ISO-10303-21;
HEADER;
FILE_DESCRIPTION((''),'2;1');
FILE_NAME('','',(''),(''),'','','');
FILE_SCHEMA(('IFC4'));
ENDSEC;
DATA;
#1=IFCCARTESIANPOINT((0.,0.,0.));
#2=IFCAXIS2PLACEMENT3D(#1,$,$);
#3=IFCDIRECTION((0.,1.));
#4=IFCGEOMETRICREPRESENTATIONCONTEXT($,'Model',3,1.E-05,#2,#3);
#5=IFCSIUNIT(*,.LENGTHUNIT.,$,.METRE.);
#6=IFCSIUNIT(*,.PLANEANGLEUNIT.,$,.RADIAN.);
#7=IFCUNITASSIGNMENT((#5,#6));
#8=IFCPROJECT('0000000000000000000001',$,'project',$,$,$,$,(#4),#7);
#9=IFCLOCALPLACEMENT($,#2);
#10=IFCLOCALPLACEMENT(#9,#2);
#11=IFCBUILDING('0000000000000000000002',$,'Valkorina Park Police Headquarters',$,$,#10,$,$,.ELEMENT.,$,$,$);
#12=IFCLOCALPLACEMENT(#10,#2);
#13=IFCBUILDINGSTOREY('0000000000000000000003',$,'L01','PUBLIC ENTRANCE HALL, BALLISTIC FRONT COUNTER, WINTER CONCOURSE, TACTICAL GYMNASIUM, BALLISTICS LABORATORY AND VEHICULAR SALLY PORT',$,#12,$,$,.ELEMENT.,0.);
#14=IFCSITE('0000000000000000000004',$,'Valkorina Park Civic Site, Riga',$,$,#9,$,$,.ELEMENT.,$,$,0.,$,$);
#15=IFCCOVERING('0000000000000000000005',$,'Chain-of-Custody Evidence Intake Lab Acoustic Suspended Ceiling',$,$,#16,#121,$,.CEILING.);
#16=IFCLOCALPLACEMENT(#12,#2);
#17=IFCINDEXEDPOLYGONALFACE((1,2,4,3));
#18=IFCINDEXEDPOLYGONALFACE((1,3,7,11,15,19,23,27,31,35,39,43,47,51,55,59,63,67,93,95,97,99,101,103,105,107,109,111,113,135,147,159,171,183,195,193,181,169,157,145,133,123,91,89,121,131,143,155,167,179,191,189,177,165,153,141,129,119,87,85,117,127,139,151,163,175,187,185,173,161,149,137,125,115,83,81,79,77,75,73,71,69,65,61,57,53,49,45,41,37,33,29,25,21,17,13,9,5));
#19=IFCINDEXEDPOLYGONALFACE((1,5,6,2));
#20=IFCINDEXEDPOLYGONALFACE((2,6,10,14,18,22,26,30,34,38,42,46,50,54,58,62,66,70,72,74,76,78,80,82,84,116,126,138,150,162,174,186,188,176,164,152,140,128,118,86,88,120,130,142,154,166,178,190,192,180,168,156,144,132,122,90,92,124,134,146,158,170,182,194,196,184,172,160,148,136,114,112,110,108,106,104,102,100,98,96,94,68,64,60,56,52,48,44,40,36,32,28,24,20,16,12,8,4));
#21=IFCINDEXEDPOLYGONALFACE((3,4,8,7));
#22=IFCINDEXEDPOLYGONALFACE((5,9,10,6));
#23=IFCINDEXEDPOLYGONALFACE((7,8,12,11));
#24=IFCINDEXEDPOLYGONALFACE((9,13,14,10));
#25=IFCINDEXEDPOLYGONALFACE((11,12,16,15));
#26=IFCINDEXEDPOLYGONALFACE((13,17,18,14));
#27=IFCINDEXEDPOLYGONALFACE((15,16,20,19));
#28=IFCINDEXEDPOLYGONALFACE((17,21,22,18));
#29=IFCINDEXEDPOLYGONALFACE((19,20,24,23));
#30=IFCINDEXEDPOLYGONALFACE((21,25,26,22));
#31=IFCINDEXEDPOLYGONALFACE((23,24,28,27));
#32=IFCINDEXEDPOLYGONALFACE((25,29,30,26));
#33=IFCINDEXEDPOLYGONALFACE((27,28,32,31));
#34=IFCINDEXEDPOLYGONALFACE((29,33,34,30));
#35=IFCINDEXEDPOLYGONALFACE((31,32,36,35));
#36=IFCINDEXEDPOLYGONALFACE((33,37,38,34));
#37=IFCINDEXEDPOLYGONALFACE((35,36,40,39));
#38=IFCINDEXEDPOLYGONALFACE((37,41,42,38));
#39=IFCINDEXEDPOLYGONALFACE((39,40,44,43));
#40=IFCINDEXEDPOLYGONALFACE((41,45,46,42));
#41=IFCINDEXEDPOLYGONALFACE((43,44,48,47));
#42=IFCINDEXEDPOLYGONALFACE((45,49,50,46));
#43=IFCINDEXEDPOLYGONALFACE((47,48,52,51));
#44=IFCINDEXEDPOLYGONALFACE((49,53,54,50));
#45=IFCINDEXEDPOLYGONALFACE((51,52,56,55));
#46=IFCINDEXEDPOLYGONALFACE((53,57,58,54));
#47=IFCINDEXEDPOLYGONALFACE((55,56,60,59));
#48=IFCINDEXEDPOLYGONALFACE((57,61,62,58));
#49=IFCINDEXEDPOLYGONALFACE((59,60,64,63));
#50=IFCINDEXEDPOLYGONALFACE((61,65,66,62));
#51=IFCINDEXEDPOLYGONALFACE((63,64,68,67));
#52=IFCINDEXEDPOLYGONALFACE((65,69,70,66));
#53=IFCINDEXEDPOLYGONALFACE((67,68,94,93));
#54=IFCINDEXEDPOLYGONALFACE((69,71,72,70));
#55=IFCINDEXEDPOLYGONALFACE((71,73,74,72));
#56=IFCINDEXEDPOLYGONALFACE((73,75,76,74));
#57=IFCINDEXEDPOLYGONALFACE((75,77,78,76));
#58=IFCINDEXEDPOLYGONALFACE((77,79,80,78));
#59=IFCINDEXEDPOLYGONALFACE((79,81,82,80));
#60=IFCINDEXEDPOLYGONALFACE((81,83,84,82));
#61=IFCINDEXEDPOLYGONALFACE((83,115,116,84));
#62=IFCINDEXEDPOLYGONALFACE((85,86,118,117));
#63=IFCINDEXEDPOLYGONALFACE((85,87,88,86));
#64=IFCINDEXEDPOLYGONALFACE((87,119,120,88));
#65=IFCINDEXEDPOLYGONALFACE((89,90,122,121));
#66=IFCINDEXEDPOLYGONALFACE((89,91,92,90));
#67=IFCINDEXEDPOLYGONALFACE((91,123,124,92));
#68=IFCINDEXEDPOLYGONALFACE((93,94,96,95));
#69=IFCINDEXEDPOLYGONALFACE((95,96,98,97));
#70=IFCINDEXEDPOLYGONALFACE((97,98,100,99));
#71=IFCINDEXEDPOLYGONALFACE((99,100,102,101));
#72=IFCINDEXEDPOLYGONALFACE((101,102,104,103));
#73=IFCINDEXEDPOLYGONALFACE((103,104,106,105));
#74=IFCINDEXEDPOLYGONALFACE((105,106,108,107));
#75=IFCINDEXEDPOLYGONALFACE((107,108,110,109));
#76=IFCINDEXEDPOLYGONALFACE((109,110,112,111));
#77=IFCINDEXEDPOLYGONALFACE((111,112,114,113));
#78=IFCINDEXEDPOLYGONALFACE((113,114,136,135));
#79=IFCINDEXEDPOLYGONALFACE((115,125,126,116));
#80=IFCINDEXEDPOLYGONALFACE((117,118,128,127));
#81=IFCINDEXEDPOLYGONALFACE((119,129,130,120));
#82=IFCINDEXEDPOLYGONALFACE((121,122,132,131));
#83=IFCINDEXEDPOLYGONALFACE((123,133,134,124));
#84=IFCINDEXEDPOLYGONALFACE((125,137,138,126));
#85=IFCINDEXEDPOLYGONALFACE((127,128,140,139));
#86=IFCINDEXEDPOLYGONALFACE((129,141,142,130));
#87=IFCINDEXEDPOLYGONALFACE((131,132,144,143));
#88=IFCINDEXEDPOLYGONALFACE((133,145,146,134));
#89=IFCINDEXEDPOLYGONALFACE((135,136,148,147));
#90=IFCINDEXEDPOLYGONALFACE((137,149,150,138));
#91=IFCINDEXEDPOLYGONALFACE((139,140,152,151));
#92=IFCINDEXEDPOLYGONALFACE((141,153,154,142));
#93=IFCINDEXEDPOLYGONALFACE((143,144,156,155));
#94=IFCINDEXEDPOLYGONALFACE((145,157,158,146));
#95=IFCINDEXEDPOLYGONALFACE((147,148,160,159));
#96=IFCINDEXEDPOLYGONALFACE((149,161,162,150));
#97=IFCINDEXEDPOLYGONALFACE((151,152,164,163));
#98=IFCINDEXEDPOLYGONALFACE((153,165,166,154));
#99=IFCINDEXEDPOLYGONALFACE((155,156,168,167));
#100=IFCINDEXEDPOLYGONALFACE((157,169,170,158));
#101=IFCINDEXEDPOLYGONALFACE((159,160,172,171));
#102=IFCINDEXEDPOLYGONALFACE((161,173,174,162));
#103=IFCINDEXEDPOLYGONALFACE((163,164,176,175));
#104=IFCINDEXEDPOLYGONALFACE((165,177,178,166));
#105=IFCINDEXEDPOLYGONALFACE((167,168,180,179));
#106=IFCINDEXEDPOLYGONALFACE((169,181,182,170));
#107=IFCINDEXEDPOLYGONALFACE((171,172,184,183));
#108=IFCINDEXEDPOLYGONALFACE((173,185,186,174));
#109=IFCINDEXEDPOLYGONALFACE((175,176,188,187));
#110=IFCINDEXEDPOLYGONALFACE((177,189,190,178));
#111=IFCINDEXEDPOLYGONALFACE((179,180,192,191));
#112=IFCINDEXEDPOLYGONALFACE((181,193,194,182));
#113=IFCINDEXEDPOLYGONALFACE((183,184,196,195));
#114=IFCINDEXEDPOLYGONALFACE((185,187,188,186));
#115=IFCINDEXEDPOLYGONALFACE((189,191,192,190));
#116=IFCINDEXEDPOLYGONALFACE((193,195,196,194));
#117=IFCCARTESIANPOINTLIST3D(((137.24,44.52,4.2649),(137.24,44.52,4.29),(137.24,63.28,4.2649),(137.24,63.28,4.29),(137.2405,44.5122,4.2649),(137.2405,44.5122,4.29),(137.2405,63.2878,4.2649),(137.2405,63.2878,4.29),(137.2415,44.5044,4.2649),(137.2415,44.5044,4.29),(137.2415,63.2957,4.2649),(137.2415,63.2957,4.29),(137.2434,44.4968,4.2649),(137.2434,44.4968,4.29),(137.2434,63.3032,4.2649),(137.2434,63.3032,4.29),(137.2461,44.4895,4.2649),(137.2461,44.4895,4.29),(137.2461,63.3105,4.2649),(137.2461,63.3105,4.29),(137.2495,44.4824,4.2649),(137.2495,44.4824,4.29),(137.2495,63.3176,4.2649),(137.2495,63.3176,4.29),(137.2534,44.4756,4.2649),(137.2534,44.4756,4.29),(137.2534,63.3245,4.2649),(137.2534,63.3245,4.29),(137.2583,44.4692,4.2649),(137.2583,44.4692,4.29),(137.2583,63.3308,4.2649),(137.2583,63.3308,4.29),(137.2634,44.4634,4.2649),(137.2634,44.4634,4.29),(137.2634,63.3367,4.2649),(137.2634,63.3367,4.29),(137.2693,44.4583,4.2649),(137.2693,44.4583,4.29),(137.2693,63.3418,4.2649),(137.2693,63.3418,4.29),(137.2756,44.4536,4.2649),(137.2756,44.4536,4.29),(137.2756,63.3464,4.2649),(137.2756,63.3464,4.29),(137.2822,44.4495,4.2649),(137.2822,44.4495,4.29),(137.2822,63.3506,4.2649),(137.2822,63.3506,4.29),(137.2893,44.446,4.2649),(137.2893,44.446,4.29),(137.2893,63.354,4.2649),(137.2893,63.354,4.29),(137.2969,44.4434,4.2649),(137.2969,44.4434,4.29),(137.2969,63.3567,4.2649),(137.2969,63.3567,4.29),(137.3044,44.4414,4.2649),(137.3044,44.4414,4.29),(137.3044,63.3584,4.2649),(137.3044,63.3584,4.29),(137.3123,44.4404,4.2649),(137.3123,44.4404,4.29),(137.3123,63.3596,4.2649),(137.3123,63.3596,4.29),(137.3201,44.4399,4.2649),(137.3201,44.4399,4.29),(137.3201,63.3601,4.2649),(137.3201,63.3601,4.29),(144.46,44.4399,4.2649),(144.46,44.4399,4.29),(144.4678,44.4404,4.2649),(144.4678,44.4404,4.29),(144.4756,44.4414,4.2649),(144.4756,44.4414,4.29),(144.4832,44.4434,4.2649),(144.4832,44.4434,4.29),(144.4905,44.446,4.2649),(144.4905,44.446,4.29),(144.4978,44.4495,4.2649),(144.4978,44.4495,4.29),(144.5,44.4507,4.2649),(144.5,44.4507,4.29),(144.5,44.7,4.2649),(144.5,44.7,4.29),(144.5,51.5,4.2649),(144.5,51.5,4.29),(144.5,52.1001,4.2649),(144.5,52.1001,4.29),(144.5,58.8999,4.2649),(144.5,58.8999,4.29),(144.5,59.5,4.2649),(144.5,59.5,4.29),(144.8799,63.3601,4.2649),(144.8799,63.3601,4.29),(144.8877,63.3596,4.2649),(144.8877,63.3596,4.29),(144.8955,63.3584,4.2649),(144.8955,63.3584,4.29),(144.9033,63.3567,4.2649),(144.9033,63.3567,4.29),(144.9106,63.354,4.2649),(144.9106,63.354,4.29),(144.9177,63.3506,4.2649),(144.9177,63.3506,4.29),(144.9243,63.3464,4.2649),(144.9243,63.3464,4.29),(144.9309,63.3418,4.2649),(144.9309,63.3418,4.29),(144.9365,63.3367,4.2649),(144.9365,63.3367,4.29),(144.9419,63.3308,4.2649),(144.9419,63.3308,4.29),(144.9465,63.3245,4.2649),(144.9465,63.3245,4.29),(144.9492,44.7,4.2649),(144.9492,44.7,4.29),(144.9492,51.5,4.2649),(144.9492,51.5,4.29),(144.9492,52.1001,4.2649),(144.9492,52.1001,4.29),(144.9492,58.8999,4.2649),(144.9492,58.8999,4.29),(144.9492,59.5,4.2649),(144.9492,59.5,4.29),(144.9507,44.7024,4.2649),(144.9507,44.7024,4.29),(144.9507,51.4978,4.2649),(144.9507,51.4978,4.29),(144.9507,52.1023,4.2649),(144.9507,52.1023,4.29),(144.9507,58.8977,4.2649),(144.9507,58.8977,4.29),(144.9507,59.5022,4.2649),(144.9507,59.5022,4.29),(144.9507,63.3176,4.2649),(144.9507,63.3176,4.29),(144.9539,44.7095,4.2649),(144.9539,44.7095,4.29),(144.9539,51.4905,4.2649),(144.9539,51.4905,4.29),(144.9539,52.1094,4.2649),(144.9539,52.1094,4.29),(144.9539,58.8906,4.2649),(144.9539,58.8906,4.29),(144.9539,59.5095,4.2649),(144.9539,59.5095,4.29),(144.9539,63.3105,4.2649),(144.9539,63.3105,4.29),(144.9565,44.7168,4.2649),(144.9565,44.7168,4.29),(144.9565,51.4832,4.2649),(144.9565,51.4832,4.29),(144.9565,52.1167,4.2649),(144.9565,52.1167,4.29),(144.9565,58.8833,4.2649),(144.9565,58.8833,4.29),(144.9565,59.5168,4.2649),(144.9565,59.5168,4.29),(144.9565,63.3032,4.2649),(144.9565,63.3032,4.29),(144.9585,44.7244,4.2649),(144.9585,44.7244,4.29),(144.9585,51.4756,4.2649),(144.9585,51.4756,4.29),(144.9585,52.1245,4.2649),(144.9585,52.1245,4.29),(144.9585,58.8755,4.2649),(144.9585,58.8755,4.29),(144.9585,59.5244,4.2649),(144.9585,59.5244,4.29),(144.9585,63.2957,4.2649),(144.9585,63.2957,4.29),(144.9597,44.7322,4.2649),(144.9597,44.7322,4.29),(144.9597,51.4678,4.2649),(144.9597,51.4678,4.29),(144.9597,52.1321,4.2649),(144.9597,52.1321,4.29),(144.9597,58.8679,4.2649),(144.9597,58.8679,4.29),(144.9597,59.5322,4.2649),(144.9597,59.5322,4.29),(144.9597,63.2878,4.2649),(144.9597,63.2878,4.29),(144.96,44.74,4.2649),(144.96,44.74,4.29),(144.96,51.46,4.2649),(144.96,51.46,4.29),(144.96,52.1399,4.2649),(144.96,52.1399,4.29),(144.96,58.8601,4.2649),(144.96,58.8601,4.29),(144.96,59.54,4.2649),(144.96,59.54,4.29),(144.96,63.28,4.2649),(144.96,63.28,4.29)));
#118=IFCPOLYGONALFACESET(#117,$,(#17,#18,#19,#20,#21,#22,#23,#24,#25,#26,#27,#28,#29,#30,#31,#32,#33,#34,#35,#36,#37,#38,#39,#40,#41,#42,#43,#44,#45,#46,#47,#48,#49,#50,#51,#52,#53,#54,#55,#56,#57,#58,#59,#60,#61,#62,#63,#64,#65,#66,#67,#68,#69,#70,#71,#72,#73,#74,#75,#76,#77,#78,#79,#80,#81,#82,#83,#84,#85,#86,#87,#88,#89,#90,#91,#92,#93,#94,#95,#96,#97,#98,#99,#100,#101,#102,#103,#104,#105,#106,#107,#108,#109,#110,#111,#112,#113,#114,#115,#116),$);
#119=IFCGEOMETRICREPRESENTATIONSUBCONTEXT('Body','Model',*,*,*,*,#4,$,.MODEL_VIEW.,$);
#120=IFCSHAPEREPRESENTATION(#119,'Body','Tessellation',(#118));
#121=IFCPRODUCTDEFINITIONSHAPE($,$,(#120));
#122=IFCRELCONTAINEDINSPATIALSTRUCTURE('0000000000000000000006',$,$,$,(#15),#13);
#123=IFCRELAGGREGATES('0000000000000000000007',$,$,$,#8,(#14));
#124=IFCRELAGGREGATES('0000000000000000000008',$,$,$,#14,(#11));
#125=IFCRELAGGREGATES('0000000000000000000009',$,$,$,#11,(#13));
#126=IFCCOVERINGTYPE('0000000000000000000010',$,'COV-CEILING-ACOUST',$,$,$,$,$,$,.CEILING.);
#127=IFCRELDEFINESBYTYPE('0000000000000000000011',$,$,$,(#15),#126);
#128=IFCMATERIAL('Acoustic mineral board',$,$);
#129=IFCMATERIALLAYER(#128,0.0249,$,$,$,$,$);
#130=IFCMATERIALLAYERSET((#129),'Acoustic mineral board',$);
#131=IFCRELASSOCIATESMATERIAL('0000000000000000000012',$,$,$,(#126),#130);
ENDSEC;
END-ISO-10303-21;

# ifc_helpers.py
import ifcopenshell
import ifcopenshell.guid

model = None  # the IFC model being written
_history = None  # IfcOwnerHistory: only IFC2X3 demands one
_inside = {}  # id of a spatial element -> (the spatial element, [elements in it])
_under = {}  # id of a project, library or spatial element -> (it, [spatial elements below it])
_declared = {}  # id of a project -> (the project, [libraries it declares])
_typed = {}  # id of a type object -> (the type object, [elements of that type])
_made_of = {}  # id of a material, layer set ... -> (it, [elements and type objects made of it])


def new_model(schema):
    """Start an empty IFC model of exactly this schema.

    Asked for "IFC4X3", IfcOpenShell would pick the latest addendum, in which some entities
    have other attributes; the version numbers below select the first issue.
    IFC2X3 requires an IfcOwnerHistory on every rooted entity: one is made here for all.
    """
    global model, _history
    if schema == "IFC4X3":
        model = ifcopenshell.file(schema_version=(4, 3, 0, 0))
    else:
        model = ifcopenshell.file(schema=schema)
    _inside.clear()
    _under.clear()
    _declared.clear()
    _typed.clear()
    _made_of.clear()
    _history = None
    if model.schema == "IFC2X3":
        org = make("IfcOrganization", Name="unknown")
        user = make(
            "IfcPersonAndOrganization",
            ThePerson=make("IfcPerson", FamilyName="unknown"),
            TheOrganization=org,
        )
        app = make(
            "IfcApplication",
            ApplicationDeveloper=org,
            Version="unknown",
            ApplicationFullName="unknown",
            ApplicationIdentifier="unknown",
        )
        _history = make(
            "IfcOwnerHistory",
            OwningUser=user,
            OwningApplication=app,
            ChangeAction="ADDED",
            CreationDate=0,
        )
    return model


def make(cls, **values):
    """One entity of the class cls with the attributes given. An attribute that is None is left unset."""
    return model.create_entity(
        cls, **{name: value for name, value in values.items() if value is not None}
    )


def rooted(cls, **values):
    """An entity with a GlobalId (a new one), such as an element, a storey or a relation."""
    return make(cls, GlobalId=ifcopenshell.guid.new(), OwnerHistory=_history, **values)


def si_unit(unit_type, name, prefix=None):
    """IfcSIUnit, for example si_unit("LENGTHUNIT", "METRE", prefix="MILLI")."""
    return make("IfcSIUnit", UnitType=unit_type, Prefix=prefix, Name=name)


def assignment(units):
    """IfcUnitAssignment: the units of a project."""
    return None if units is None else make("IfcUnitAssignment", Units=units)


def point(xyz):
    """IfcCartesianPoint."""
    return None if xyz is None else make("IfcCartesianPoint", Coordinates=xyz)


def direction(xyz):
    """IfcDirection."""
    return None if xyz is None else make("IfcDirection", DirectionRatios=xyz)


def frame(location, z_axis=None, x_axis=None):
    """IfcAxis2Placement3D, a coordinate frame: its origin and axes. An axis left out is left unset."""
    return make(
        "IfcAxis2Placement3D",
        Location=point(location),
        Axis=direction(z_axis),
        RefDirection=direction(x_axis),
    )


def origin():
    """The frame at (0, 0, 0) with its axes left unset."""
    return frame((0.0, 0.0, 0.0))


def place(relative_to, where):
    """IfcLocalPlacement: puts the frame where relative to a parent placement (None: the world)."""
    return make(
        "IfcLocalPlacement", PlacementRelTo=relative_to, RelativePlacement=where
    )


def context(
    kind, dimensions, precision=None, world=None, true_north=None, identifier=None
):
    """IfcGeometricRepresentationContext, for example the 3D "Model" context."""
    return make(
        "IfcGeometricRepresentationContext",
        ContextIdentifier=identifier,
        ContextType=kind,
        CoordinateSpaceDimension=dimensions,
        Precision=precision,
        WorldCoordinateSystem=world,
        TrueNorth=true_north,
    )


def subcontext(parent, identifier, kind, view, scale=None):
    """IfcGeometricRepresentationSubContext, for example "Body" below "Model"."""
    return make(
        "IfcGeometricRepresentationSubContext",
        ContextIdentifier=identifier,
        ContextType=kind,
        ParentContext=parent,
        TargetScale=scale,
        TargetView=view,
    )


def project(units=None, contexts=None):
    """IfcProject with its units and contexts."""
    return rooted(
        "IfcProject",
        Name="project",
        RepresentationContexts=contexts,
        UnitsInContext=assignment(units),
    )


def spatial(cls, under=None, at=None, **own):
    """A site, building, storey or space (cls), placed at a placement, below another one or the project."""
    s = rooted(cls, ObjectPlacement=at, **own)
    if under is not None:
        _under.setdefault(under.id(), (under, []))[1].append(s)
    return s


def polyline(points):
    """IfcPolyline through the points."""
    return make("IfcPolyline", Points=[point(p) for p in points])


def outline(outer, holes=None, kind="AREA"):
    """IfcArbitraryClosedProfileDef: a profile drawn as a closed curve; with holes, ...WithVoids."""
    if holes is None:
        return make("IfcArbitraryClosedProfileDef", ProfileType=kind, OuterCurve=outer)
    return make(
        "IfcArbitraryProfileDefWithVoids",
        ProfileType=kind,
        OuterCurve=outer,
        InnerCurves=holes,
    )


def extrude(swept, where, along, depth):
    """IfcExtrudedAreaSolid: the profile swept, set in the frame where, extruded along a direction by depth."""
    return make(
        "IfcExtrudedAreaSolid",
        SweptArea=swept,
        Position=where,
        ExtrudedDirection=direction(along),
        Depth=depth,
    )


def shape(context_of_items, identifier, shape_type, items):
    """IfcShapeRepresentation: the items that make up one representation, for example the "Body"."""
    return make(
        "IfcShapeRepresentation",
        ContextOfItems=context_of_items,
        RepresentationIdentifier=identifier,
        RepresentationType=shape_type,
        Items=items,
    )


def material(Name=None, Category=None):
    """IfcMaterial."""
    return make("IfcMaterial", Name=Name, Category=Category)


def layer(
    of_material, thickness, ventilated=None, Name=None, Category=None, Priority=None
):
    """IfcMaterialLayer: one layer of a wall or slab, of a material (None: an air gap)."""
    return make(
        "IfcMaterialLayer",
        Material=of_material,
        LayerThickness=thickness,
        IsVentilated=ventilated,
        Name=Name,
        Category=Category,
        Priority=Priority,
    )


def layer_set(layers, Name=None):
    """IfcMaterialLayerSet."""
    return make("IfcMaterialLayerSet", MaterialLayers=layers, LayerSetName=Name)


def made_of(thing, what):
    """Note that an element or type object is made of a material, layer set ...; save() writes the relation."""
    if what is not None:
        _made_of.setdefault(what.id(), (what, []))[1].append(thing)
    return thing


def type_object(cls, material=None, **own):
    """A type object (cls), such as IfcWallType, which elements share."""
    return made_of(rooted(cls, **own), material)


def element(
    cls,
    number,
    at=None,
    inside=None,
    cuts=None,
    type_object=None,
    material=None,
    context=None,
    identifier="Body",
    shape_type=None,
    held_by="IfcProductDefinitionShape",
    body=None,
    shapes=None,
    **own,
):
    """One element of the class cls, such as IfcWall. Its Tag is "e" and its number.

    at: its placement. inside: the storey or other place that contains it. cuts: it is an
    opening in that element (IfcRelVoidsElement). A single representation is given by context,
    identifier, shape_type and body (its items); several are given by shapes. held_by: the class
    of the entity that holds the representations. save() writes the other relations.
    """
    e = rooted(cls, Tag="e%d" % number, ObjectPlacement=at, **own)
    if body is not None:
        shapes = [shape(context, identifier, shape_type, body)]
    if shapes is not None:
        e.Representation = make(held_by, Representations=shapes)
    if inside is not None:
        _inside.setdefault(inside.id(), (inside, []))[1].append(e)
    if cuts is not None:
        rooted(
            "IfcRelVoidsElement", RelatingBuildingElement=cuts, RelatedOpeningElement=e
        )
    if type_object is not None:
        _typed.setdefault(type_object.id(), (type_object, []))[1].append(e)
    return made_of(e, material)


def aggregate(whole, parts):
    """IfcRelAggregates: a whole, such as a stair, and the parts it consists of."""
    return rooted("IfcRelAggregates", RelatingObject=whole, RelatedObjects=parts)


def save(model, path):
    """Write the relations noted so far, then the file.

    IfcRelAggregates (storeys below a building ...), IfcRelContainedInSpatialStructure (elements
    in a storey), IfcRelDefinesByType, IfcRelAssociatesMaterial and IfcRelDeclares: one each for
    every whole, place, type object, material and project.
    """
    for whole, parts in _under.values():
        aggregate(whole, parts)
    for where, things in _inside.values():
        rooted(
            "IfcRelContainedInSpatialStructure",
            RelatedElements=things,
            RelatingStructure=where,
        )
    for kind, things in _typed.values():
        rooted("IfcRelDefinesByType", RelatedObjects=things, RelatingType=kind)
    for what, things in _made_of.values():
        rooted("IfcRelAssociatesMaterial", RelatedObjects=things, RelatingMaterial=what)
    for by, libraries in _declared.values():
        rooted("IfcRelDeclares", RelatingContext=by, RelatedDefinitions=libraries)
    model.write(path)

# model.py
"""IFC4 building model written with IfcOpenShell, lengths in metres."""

from ifc_helpers import new_model, si_unit, direction, frame, origin, place, context, subcontext, project, spatial, polyline, outline, extrude, material, layer, layer_set, type_object, element, save


model = new_model("IFC4")

# Units and contexts
model_context = context("Model", 3, precision=1e-05, world=origin(), true_north=direction((0.0, 1.0)))
body_context = subcontext(model_context, "Body", "Model", "MODEL_VIEW")
ifc_project = project(units=[si_unit("LENGTHUNIT", "METRE"), si_unit("PLANEANGLEUNIT", "RADIAN")], contexts=[model_context])

# Site, building, storey
site_placement = place(None, origin())
site = spatial("IfcSite", under=ifc_project, at=site_placement, Name="Valkorina Park Civic Site, Riga", CompositionType="ELEMENT", RefElevation=0.0)
building_placement = place(site_placement, origin())
building = spatial("IfcBuilding", under=site, at=building_placement, Name="Valkorina Park Police Headquarters", CompositionType="ELEMENT")
storey_placement = place(building_placement, origin())
storey = spatial("IfcBuildingStorey", under=building, at=storey_placement, Name="L01", Description="PUBLIC ENTRANCE HALL, BALLISTIC FRONT COUNTER, WINTER CONCOURSE, TACTICAL GYMNASIUM, BALLISTICS LABORATORY AND VEHICULAR SALLY PORT", CompositionType="ELEMENT", Elevation=0.0)

# Covering
ifc_material_1 = material(Name="Acoustic mineral board")
ifc_layer_1 = layer(ifc_material_1, 0.0249)
ifc_layer_set_1 = layer_set([ifc_layer_1], Name="Acoustic mineral board")
covering_type_1 = type_object("IfcCoveringType", Name="COV-CEILING-ACOUST", PredefinedType="CEILING", material=ifc_layer_set_1)
covering_1_placement = place(storey_placement, frame((0.0, 0.0, 4.2649)))
element("IfcCovering", 1, at=covering_1_placement, inside=storey, type_object=covering_type_1, Name="Chain-of-Custody Evidence Intake Lab Acoustic Suspended Ceiling", PredefinedType="CEILING", context=body_context, shape_type="SweptSolid", body=[
    extrude(outline(polyline([(144.9585, 59.5244), (144.9597, 59.5322), (144.96, 59.54), (144.96, 63.28), (144.9597, 63.2878), (144.9585, 63.2957), (144.9565, 63.3032), (144.9539, 63.3105), (144.9507, 63.3176), (144.9465, 63.3245), (144.9419, 63.3308), (144.9365, 63.3367), (144.9309, 63.3418), (144.9243, 63.3464), (144.9177, 63.3506), (144.9106, 63.354), (144.9033, 63.3567), (144.8955, 63.3584), (144.8877, 63.3596), (144.8799, 63.3601), (137.3201, 63.3601), (137.3123, 63.3596), (137.3044, 63.3584), (137.2969, 63.3567), (137.2893, 63.354), (137.2822, 63.3506), (137.2756, 63.3464), (137.2693, 63.3418), (137.2634, 63.3367), (137.2583, 63.3308), (137.2534, 63.3245), (137.2495, 63.3176), (137.2461, 63.3105), (137.2434, 63.3032), (137.2415, 63.2957), (137.2405, 63.2878), (137.24, 63.28), (137.24, 44.52), (137.2405, 44.5122), (137.2415, 44.5044), (137.2434, 44.4968), (137.2461, 44.4895), (137.2495, 44.4824), (137.2534, 44.4756), (137.2583, 44.4692), (137.2634, 44.4634), (137.2693, 44.4583), (137.2756, 44.4536), (137.2822, 44.4495), (137.2893, 44.446), (137.2969, 44.4434), (137.3044, 44.4414), (137.3123, 44.4404), (137.3201, 44.4399), (144.46, 44.4399), (144.4678, 44.4404), (144.4756, 44.4414), (144.4832, 44.4434), (144.4905, 44.446), (144.4978, 44.4495), (144.5, 44.4507), (144.5, 44.7), (144.9492, 44.7), (144.9507, 44.7024), (144.9539, 44.7095), (144.9565, 44.7168), (144.9585, 44.7244), (144.9597, 44.7322), (144.96, 44.74), (144.96, 51.46), (144.9597, 51.4678), (144.9585, 51.4756), (144.9565, 51.4832), (144.9539, 51.4905), (144.9507, 51.4978), (144.9492, 51.5), (144.5, 51.5), (144.5, 52.1001), (144.9492, 52.1001), (144.9507, 52.1023), (144.9539, 52.1094), (144.9565, 52.1167), (144.9585, 52.1245), (144.9597, 52.1321), (144.96, 52.1399), (144.96, 58.8601), (144.9597, 58.8679), (144.9585, 58.8755), (144.9565, 58.8833), (144.9539, 58.8906), (144.9507, 58.8977), (144.9492, 58.8999), (144.5, 58.8999), (144.5, 59.5), (144.9492, 59.5), (144.9507, 59.5022), (144.9539, 59.5095), (144.9565, 59.5168), (144.9585, 59.5244)])), origin(), (0.0, 0.0, 1.0), 0.0251),
])

save(model, "model.ifc")
